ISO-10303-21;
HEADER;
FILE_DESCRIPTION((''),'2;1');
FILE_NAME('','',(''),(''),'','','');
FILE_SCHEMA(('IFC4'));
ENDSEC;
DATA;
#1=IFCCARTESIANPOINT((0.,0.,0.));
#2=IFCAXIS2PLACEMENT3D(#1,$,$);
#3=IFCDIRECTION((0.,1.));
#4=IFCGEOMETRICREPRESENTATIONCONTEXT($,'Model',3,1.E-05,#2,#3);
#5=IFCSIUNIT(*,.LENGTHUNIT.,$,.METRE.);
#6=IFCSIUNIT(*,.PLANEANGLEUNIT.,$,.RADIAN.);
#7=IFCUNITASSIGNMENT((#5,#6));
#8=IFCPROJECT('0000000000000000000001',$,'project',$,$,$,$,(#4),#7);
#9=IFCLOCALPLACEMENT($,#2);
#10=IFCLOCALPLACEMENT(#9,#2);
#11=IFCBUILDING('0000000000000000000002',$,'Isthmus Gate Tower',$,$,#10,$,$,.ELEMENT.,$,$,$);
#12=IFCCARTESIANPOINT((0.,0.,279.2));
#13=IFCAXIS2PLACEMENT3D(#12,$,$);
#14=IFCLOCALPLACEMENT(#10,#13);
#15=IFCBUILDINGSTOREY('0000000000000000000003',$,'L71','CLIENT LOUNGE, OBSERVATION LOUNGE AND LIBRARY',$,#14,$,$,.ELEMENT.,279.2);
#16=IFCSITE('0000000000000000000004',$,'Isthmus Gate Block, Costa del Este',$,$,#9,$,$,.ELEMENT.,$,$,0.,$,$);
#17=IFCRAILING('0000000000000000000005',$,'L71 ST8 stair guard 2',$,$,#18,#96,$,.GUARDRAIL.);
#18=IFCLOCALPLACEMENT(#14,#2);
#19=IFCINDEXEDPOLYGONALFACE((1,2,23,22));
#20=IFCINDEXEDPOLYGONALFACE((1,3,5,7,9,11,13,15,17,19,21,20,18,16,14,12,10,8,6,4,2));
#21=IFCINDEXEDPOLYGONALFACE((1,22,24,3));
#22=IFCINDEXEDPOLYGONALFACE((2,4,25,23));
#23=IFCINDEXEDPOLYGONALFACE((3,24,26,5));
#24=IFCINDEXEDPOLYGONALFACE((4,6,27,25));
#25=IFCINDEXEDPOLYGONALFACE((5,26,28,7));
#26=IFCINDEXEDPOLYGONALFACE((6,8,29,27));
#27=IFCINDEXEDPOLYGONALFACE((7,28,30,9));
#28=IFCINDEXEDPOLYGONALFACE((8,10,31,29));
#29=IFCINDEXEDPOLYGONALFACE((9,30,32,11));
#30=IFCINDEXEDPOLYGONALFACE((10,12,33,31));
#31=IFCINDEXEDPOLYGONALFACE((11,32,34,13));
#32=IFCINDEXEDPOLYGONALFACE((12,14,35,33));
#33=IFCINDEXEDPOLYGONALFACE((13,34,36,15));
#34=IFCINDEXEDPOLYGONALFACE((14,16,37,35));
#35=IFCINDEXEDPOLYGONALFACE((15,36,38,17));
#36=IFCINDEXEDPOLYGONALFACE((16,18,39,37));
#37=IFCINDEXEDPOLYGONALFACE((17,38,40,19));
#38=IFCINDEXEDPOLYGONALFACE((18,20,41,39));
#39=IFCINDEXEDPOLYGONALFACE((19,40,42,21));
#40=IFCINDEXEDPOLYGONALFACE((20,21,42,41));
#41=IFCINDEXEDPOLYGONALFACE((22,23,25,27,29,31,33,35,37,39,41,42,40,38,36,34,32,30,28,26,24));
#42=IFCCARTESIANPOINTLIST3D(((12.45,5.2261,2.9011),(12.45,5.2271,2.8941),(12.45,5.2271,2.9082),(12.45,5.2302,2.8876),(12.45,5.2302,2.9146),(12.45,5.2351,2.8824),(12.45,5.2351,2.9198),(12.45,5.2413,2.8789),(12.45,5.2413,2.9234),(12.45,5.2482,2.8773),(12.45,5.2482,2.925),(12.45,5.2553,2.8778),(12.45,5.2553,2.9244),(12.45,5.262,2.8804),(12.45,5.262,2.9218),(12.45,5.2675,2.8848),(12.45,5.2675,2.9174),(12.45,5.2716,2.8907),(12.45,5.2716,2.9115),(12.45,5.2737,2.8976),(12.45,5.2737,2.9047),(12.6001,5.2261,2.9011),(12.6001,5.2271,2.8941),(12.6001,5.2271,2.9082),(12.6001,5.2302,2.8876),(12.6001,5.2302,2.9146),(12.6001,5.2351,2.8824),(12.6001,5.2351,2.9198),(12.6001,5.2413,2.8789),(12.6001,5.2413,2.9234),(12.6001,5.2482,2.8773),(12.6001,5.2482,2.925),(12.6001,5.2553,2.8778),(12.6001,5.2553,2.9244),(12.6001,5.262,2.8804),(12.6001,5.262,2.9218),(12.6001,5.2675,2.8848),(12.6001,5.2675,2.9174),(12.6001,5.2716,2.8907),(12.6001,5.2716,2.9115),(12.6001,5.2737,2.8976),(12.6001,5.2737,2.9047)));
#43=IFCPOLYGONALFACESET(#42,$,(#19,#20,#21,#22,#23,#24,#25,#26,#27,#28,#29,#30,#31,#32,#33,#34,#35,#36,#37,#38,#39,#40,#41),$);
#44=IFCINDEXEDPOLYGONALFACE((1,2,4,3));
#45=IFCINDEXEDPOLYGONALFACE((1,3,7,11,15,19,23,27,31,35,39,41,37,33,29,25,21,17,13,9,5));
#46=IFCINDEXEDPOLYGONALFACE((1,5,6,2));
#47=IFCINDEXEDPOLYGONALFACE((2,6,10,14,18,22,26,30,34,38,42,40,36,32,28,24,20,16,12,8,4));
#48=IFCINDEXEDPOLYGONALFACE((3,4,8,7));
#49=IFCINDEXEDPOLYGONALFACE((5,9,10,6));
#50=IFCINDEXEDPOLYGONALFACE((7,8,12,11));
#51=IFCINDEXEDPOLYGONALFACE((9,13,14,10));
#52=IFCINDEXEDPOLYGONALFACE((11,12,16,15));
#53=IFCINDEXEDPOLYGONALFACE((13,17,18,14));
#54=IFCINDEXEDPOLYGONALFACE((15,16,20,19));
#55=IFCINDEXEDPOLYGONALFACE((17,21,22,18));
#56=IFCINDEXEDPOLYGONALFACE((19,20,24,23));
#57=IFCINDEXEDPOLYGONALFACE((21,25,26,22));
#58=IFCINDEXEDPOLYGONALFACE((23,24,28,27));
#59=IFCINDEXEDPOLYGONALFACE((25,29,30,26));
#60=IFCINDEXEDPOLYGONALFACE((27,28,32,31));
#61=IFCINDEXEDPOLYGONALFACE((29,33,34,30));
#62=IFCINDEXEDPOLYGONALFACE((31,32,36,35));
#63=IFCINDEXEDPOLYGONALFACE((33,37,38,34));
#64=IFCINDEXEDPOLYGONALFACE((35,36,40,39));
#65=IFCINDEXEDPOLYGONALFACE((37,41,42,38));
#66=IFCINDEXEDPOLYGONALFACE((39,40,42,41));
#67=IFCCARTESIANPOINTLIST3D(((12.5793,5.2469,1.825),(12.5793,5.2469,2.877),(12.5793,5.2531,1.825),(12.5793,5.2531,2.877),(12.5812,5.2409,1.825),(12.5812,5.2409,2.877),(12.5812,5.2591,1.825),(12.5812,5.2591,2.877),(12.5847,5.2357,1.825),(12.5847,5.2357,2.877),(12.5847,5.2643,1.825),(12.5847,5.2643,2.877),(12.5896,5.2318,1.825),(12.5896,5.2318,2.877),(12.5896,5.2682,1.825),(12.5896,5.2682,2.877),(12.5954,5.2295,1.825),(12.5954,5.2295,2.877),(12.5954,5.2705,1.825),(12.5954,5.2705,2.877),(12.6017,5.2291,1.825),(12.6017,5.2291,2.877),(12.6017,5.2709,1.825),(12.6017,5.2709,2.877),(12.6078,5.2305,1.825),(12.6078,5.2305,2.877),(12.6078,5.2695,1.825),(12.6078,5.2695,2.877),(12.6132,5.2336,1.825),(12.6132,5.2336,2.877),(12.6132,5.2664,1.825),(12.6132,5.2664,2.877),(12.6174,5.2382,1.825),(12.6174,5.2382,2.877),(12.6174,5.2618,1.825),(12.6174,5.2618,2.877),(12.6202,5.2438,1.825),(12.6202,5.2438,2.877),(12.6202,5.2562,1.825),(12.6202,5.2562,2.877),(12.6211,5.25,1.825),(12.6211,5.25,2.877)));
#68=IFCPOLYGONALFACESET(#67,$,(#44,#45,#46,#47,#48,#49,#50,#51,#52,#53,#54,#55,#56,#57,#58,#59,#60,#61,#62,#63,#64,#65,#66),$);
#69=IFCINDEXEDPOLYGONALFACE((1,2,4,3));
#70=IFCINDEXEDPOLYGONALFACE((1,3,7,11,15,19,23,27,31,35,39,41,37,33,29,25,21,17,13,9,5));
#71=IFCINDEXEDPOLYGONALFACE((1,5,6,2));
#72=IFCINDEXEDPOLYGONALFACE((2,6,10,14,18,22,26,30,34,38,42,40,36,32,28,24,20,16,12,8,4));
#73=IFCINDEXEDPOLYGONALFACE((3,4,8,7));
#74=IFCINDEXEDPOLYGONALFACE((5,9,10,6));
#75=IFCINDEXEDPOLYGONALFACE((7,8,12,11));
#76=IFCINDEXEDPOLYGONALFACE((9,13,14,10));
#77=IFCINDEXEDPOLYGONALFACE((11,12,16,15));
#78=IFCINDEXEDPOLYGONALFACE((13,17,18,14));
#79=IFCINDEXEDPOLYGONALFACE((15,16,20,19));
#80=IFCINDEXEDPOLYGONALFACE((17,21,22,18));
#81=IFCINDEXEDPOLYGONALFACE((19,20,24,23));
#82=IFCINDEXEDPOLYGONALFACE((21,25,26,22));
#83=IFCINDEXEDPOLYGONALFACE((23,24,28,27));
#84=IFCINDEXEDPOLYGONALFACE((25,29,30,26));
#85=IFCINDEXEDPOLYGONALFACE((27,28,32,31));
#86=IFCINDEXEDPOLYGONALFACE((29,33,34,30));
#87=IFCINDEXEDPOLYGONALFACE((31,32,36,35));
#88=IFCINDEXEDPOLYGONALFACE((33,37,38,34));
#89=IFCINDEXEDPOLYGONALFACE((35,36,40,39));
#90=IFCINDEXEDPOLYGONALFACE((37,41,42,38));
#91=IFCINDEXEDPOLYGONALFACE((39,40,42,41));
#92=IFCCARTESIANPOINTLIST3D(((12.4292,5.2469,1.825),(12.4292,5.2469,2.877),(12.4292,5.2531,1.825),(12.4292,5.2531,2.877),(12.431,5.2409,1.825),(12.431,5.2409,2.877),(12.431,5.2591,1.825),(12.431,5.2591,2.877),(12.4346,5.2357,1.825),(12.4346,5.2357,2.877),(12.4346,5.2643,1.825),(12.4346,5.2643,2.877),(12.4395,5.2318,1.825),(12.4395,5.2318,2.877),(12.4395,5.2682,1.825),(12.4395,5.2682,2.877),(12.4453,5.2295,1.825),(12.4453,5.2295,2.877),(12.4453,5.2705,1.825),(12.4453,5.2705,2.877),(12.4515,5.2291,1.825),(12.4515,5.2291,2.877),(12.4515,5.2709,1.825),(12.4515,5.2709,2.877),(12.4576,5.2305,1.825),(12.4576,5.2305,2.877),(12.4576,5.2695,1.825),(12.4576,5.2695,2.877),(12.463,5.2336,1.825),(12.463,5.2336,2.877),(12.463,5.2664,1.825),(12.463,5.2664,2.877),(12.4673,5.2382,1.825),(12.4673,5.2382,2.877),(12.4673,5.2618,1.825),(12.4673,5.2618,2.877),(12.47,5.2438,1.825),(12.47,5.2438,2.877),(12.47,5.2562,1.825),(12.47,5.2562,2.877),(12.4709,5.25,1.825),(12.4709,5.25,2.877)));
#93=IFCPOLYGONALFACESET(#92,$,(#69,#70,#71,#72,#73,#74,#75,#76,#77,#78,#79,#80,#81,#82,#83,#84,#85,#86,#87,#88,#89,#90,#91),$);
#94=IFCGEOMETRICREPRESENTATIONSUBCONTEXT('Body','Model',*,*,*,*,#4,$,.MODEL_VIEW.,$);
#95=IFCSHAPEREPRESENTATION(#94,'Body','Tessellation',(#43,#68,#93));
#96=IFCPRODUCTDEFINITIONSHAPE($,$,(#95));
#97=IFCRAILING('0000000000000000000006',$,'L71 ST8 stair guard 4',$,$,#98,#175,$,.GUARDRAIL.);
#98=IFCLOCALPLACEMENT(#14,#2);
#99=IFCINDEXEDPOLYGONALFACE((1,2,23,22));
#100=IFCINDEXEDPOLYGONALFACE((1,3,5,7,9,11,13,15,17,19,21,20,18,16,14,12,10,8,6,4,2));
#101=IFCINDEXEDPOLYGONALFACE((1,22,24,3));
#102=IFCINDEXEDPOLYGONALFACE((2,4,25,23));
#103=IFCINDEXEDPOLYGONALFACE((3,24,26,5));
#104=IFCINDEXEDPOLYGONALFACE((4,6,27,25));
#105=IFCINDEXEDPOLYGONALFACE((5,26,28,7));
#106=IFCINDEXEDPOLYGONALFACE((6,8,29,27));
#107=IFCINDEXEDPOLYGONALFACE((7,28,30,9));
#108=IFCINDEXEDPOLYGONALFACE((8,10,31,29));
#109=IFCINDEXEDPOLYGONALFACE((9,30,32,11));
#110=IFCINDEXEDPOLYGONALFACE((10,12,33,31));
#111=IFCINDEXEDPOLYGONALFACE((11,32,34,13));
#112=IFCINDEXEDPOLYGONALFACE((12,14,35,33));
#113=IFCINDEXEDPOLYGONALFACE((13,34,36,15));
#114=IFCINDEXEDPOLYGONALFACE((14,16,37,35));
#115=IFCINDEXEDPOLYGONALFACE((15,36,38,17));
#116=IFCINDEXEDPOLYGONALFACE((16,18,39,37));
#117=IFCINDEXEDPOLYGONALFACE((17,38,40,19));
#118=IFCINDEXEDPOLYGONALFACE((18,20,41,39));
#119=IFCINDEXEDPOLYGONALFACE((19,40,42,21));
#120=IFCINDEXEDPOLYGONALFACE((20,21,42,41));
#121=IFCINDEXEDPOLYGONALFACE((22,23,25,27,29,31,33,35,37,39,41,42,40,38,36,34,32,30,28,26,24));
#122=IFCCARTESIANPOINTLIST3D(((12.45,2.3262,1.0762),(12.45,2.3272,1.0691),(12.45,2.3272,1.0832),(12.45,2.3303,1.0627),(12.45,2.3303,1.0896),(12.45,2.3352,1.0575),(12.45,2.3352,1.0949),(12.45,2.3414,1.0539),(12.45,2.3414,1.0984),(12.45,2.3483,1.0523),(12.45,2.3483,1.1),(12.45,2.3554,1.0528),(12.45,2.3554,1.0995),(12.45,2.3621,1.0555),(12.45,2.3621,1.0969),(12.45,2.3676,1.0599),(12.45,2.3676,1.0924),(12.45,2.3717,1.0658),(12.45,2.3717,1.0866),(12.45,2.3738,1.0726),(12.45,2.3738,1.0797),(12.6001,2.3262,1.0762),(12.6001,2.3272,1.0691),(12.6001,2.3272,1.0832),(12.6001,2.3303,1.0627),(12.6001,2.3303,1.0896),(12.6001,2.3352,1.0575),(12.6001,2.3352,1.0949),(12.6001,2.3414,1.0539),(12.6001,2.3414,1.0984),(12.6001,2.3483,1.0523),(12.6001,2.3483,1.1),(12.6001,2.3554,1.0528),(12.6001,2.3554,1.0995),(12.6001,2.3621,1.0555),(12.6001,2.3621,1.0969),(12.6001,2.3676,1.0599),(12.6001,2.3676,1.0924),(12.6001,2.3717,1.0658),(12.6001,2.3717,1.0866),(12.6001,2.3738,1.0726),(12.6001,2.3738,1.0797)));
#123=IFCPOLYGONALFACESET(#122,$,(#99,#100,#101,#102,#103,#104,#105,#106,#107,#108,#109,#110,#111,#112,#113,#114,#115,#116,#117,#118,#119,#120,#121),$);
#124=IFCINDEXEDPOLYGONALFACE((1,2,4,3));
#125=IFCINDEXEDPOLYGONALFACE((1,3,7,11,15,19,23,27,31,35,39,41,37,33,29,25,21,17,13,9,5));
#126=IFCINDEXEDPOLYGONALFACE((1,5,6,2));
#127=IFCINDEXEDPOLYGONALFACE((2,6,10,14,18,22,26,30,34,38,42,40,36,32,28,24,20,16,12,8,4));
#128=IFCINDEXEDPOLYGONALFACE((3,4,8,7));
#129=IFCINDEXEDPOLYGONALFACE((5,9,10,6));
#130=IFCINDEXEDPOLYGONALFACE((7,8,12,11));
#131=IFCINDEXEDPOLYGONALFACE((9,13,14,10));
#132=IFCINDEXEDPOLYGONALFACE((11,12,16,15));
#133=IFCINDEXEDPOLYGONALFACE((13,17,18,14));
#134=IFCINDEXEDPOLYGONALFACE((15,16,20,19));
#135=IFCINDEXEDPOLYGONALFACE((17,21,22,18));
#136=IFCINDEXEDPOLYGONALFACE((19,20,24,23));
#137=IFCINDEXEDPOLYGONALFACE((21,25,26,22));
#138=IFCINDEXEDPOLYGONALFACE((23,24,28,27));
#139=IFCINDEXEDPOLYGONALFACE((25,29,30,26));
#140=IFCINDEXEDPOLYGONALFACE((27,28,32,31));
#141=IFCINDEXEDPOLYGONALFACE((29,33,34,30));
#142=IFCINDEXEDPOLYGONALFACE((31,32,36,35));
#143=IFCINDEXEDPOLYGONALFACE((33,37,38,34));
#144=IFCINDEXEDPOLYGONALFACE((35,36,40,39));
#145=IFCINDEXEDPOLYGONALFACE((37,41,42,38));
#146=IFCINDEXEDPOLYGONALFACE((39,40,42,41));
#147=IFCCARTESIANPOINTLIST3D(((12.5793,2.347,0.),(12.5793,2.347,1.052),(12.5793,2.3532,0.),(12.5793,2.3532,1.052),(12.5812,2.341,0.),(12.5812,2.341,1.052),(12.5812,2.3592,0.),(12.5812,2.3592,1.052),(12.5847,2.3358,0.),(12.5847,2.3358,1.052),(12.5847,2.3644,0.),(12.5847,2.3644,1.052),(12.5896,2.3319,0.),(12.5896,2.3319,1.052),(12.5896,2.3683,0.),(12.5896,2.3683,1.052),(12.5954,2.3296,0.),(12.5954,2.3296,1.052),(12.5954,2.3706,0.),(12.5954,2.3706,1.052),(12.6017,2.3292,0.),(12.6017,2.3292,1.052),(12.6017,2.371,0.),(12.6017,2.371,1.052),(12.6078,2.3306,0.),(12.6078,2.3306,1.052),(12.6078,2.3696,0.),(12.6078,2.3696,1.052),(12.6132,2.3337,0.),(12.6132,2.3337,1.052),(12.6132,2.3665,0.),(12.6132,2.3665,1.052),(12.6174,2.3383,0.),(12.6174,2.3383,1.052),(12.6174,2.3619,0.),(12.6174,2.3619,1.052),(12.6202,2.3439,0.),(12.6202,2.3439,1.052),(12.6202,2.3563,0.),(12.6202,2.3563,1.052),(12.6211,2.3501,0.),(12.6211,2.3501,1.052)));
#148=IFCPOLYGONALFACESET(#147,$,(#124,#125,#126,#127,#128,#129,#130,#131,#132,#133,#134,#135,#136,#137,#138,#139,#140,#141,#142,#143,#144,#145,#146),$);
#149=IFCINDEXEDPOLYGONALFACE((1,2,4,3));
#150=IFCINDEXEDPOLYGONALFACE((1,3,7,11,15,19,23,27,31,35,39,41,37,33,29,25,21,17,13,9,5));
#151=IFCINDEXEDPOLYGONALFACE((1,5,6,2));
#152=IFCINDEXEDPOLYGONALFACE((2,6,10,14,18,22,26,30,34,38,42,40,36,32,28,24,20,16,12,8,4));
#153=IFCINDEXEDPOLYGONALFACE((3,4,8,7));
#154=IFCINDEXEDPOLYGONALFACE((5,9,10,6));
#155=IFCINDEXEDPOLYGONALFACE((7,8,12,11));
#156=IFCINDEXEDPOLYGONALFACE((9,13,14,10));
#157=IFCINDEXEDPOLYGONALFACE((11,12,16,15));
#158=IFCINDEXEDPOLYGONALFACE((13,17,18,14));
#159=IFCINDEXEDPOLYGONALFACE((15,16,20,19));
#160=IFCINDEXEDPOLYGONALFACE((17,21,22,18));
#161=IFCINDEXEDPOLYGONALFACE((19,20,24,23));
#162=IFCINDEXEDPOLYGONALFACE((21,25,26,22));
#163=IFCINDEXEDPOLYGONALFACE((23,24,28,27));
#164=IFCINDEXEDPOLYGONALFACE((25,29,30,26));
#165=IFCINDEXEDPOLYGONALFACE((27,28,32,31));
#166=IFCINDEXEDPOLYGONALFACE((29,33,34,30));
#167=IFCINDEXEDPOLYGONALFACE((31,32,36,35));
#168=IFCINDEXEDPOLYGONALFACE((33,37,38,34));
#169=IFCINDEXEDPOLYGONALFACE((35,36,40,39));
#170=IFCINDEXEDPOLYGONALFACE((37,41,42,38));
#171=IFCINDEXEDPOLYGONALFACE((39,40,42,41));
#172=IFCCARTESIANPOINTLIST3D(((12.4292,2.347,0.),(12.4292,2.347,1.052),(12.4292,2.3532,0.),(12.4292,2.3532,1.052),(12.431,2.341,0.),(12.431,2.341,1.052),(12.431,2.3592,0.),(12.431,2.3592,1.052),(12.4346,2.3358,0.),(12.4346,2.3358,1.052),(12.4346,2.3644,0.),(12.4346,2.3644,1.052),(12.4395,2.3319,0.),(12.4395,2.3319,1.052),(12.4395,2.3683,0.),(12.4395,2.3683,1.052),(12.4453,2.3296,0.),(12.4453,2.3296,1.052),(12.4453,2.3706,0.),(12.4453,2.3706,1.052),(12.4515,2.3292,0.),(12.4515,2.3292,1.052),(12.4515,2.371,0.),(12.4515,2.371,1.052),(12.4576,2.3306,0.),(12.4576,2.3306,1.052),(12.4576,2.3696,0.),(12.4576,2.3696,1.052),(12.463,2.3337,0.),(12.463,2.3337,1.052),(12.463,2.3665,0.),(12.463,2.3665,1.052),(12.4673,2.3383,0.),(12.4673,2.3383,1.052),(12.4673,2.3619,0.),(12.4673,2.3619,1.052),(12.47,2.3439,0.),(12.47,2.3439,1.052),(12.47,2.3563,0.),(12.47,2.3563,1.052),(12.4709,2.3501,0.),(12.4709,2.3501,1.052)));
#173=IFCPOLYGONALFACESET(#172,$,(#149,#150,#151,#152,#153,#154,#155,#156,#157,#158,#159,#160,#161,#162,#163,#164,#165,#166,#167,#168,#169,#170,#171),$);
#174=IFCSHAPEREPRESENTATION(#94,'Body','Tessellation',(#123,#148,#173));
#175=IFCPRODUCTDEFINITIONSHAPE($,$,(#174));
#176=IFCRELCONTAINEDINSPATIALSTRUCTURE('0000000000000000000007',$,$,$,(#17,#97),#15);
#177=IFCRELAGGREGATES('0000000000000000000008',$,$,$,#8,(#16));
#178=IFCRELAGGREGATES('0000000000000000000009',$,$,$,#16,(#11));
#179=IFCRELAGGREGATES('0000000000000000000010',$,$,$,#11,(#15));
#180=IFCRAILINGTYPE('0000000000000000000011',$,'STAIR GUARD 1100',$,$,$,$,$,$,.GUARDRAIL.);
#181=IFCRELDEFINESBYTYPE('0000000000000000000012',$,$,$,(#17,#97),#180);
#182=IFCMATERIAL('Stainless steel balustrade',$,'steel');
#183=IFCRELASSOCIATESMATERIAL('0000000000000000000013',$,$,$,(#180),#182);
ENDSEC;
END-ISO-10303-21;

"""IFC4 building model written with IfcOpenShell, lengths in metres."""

from ifc_helpers import new_model, si_unit, direction, frame, origin, origin_2d, place, context, subcontext, project, spatial, circle, extrude, material, type_object, element, save


model = new_model("IFC4")

# Units and contexts
model_context = context("Model", 3, precision=1e-05, world=origin(), true_north=direction((0.0, 1.0)))
body_context = subcontext(model_context, "Body", "Model", "MODEL_VIEW")
ifc_project = project(units=[si_unit("LENGTHUNIT", "METRE"), si_unit("PLANEANGLEUNIT", "RADIAN")], contexts=[model_context])

# Site, building, storey
site_placement = place(None, origin())
site = spatial("IfcSite", under=ifc_project, at=site_placement, Name="Isthmus Gate Block, Costa del Este", CompositionType="ELEMENT", RefElevation=0.0)
building_placement = place(site_placement, origin())
building = spatial("IfcBuilding", under=site, at=building_placement, Name="Isthmus Gate Tower", CompositionType="ELEMENT")
storey_placement = place(building_placement, frame((0.0, 0.0, 279.2)))
storey = spatial("IfcBuildingStorey", under=building, at=storey_placement, Name="L71", Description="CLIENT LOUNGE, OBSERVATION LOUNGE AND LIBRARY", CompositionType="ELEMENT", Elevation=279.2)

# Railings
ifc_material_1 = material(Name="Stainless steel balustrade", Category="steel")
railing_type_1 = type_object("IfcRailingType", Name="STAIR GUARD 1100", PredefinedType="GUARDRAIL", material=ifc_material_1)
for number, where, name in (
    (1, (12.6001, 5.25, 1.825), "L71 ST8 stair guard 2"),
    (2, (12.6001, 2.3501, 0.0), "L71 ST8 stair guard 4"),
):
    element("IfcRailing", number, at=place(storey_placement, frame(where)), inside=storey, type_object=railing_type_1, Name=name, PredefinedType="GUARDRAIL", context=body_context, shape_type="SweptSolid", body=[
        extrude(circle(Radius=0.0239, at=origin_2d()), frame((0.0, 0.0, 1.0762), z_axis=(-1.0, 0.0, 0.0), x_axis=(0.0, -1.0, 0.0)), (0.0, 0.0, 1.0), 0.1501),
        extrude(circle(Radius=0.021, at=origin_2d()), origin(), (0.0, 0.0, 1.0), 1.052),
        extrude(circle(Radius=0.021, at=origin_2d()), frame((-0.1501, 0.0, 0.0)), (0.0, 0.0, 1.0), 1.052),
    ])

save(model, "model.ifc")
